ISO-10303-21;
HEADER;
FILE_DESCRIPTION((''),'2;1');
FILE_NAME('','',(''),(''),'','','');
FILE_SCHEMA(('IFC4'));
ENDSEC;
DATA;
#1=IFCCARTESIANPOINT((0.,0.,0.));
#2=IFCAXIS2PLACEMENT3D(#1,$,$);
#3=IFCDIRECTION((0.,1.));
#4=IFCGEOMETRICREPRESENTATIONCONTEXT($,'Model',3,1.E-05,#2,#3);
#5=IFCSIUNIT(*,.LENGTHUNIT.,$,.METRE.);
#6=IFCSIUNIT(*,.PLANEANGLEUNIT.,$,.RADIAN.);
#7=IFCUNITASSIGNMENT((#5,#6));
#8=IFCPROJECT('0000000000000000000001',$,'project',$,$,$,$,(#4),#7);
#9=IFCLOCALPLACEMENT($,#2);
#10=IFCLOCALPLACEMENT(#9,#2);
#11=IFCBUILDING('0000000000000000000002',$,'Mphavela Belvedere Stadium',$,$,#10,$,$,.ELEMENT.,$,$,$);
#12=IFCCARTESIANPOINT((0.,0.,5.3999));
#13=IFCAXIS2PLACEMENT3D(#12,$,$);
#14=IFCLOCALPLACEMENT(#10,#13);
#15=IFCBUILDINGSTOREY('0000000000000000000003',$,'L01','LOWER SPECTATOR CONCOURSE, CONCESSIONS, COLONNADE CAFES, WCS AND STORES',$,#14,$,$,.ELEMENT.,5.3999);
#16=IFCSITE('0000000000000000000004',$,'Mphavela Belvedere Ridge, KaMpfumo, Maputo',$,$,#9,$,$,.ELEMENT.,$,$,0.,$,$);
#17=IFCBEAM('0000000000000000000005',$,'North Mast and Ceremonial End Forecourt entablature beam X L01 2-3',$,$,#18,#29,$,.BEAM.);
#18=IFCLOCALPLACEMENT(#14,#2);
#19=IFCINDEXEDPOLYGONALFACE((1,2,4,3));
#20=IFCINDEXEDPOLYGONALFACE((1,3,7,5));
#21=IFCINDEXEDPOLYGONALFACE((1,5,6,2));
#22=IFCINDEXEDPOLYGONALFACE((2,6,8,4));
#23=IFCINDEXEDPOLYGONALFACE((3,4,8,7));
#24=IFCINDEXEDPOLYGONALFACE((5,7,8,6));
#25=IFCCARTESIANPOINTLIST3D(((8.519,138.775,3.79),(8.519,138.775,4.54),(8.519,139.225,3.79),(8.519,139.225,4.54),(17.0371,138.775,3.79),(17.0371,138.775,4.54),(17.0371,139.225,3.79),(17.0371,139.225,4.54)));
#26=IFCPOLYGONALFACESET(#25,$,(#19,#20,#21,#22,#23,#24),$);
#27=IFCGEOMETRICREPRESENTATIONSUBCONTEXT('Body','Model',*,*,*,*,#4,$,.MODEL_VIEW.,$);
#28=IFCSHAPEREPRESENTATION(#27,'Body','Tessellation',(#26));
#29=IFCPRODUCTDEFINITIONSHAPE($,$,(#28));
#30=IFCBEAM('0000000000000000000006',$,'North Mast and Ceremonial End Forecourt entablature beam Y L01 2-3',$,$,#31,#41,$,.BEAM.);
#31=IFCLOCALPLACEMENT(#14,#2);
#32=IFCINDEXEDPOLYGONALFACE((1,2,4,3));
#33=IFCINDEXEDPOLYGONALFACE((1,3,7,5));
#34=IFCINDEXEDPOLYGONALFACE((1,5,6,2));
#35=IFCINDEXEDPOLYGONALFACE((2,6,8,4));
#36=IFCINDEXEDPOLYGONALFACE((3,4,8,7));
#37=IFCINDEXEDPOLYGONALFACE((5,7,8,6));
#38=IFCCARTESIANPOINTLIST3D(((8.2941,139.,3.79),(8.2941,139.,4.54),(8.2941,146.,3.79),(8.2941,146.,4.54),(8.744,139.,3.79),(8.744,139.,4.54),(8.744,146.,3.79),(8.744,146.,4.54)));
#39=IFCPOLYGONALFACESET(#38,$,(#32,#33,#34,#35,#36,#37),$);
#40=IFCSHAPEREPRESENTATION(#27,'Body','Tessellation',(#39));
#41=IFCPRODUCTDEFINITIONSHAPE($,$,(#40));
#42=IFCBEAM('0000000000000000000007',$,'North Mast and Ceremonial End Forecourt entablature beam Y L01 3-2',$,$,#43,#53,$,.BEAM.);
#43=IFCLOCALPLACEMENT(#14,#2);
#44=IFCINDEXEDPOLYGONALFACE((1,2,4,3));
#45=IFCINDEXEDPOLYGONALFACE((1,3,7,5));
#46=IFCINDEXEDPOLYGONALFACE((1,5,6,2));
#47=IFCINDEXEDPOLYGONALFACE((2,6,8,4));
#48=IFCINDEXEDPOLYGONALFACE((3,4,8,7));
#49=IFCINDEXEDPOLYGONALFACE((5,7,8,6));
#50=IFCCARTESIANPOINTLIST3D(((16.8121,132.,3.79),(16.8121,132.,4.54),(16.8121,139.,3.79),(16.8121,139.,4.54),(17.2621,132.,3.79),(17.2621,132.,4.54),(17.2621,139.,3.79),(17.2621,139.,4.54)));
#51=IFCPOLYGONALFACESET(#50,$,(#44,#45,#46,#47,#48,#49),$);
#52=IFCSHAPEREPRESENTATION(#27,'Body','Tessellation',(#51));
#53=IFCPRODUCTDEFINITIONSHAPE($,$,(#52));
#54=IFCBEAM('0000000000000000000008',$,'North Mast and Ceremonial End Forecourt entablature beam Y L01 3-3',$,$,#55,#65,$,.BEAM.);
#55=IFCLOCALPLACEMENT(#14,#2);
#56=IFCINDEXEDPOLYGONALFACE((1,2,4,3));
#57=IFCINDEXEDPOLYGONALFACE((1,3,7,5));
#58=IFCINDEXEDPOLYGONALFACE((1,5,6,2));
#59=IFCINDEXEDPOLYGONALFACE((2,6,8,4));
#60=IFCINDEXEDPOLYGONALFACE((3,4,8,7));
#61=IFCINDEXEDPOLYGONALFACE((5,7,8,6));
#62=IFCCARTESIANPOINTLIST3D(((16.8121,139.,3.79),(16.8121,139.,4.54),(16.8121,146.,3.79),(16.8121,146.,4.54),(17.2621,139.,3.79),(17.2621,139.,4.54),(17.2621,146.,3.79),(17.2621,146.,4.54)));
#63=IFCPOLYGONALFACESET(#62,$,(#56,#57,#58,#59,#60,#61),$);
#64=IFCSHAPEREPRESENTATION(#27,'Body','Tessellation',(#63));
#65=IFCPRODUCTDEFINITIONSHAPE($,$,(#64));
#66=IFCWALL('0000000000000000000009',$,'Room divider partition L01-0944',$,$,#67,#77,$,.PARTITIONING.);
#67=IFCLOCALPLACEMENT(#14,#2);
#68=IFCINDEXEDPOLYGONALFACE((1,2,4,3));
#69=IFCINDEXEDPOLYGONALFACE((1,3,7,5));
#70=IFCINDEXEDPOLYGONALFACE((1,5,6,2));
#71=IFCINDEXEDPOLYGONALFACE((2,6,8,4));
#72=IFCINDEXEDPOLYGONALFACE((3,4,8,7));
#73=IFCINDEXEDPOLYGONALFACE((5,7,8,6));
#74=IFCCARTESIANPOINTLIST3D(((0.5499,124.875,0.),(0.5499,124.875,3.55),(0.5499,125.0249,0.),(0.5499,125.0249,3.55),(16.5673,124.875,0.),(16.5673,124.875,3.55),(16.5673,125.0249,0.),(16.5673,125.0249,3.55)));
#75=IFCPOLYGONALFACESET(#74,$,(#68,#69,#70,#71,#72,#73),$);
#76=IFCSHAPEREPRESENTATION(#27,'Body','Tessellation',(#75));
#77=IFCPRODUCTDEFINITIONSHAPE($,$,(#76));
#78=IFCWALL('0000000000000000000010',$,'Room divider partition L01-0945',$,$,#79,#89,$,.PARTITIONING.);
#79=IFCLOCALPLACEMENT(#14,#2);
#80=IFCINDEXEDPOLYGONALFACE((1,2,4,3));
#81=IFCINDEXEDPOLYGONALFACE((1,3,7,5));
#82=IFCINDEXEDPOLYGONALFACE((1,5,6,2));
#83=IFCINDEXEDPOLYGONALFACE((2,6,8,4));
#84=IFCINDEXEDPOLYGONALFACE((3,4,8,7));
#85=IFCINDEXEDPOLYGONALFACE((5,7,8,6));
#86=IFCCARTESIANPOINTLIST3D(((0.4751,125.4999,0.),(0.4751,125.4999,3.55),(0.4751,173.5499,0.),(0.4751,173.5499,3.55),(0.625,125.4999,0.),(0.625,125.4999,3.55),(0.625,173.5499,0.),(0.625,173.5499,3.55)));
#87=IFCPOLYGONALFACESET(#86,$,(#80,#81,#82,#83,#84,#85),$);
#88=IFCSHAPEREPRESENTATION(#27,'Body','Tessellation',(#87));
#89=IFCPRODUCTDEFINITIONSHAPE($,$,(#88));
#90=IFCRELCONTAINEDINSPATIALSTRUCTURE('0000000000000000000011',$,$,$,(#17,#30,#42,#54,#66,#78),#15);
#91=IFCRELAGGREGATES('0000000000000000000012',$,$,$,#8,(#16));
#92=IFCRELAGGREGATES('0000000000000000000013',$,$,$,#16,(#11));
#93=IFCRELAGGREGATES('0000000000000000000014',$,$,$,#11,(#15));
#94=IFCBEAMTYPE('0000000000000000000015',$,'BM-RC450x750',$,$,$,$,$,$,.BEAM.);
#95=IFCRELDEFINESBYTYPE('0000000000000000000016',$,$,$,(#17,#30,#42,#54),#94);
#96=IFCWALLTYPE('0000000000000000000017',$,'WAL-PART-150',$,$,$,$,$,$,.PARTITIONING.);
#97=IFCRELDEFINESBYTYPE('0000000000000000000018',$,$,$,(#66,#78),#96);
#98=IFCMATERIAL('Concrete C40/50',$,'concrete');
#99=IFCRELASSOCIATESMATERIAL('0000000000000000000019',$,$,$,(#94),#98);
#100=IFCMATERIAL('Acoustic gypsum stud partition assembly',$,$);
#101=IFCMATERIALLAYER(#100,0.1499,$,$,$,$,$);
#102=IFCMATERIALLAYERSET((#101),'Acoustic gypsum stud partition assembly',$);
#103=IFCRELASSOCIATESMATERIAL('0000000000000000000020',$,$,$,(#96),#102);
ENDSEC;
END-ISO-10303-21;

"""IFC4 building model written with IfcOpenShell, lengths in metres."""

from ifc_helpers import new_model, si_unit, direction, frame, frame_2d, origin, origin_2d, place, context, subcontext, project, spatial, rectangle, extrude, material, layer, layer_set, material_profile, profile_set, type_object, element, save


model = new_model("IFC4")

# Units and contexts
model_context = context("Model", 3, precision=1e-05, world=origin(), true_north=direction((0.0, 1.0)))
body_context = subcontext(model_context, "Body", "Model", "MODEL_VIEW")
ifc_project = project(units=[si_unit("LENGTHUNIT", "METRE"), si_unit("PLANEANGLEUNIT", "RADIAN")], contexts=[model_context])

# Site, building, storey
site_placement = place(None, origin())
site = spatial("IfcSite", under=ifc_project, at=site_placement, Name="Mphavela Belvedere Ridge, KaMpfumo, Maputo", CompositionType="ELEMENT", RefElevation=0.0)
building_placement = place(site_placement, origin())
building = spatial("IfcBuilding", under=site, at=building_placement, Name="Mphavela Belvedere Stadium", CompositionType="ELEMENT")
storey_placement = place(building_placement, frame((0.0, 0.0, 5.3999)))
storey = spatial("IfcBuildingStorey", under=building, at=storey_placement, Name="L01", Description="LOWER SPECTATOR CONCOURSE, CONCESSIONS, COLONNADE CAFES, WCS AND STORES", CompositionType="ELEMENT", Elevation=5.3999)

# Beams
ifc_material_1 = material(Name="Concrete C40/50", Category="concrete")
ifc_material_profile_1 = material_profile(ifc_material_1, rectangle(XDim=0.45, YDim=0.75, at=origin_2d()), Name="RC 450x750")
ifc_profile_set_1 = profile_set([ifc_material_profile_1], Name="Concrete C40/50")
beam_type_1 = type_object("IfcBeamType", Name="BM-RC450x750", PredefinedType="BEAM", material=ifc_profile_set_1)
beam_1_placement = place(storey_placement, frame((8.519, 139.0, 4.165), z_axis=(1.0, 0.0, 0.0), x_axis=(0.0, 1.0, 0.0)))
element("IfcBeam", 1, at=beam_1_placement, inside=storey, type_object=beam_type_1, Name="North Mast and Ceremonial End Forecourt entablature beam X L01 2-3", PredefinedType="BEAM", context=body_context, shape_type="SweptSolid", body=[
    extrude(rectangle(XDim=0.45, YDim=0.75, at=origin_2d()), origin(), (0.0, 0.0, 1.0), 8.5181),
])
for number, where, z_axis, x_axis, name in (
    (2, (8.519, 139.0, 4.165), (0.0, 1.0, 0.0), (-1.0, 0.0, 0.0), "North Mast and Ceremonial End Forecourt entablature beam Y L01 2-3"),
    (3, (17.0371, 132.0, 4.165), (0.0, 1.0, 0.0), (-1.0, 0.0, 0.0), "North Mast and Ceremonial End Forecourt entablature beam Y L01 3-2"),
    (4, (17.0371, 139.0, 4.165), (0.0, 1.0, 0.0), (-1.0, 0.0, 0.0), "North Mast and Ceremonial End Forecourt entablature beam Y L01 3-3"),
):
    element("IfcBeam", number, at=place(storey_placement, frame(where, z_axis=z_axis, x_axis=x_axis)), inside=storey, type_object=beam_type_1, Name=name, PredefinedType="BEAM", context=body_context, shape_type="SweptSolid", body=[
        extrude(rectangle(XDim=0.45, YDim=0.75, at=origin_2d()), origin(), (0.0, 0.0, 1.0), 7.0),
    ])

# Walls
ifc_material_2 = material(Name="Acoustic gypsum stud partition assembly")
ifc_layer = layer(ifc_material_2, 0.1499)
ifc_layer_set = layer_set([ifc_layer], Name="Acoustic gypsum stud partition assembly")
wall_type = type_object("IfcWallType", Name="WAL-PART-150", PredefinedType="PARTITIONING", material=ifc_layer_set)
wall_1_placement = place(storey_placement, frame((16.5674, 124.95, 0.0), z_axis=(0.0, 0.0, 1.0), x_axis=(-1.0, 0.0, 0.0)))
element("IfcWall", 5, at=wall_1_placement, inside=storey, type_object=wall_type, Name="Room divider partition L01-0944", PredefinedType="PARTITIONING", context=body_context, shape_type="SweptSolid", body=[
    extrude(rectangle(XDim=16.0173, YDim=0.1499, at=frame_2d((8.0088, 0.0))), origin(), (0.0, 0.0, 1.0), 3.55),
])
wall_2_placement = place(storey_placement, frame((0.55, 125.5, 0.0), z_axis=(0.0, 0.0, 1.0), x_axis=(0.0, 1.0, 0.0)))
element("IfcWall", 6, at=wall_2_placement, inside=storey, type_object=wall_type, Name="Room divider partition L01-0945", PredefinedType="PARTITIONING", context=body_context, shape_type="SweptSolid", body=[
    extrude(rectangle(XDim=48.05, YDim=0.1499, at=frame_2d((24.0249, 0.0))), origin(), (0.0, 0.0, 1.0), 3.55),
])

save(model, "model.ifc")
